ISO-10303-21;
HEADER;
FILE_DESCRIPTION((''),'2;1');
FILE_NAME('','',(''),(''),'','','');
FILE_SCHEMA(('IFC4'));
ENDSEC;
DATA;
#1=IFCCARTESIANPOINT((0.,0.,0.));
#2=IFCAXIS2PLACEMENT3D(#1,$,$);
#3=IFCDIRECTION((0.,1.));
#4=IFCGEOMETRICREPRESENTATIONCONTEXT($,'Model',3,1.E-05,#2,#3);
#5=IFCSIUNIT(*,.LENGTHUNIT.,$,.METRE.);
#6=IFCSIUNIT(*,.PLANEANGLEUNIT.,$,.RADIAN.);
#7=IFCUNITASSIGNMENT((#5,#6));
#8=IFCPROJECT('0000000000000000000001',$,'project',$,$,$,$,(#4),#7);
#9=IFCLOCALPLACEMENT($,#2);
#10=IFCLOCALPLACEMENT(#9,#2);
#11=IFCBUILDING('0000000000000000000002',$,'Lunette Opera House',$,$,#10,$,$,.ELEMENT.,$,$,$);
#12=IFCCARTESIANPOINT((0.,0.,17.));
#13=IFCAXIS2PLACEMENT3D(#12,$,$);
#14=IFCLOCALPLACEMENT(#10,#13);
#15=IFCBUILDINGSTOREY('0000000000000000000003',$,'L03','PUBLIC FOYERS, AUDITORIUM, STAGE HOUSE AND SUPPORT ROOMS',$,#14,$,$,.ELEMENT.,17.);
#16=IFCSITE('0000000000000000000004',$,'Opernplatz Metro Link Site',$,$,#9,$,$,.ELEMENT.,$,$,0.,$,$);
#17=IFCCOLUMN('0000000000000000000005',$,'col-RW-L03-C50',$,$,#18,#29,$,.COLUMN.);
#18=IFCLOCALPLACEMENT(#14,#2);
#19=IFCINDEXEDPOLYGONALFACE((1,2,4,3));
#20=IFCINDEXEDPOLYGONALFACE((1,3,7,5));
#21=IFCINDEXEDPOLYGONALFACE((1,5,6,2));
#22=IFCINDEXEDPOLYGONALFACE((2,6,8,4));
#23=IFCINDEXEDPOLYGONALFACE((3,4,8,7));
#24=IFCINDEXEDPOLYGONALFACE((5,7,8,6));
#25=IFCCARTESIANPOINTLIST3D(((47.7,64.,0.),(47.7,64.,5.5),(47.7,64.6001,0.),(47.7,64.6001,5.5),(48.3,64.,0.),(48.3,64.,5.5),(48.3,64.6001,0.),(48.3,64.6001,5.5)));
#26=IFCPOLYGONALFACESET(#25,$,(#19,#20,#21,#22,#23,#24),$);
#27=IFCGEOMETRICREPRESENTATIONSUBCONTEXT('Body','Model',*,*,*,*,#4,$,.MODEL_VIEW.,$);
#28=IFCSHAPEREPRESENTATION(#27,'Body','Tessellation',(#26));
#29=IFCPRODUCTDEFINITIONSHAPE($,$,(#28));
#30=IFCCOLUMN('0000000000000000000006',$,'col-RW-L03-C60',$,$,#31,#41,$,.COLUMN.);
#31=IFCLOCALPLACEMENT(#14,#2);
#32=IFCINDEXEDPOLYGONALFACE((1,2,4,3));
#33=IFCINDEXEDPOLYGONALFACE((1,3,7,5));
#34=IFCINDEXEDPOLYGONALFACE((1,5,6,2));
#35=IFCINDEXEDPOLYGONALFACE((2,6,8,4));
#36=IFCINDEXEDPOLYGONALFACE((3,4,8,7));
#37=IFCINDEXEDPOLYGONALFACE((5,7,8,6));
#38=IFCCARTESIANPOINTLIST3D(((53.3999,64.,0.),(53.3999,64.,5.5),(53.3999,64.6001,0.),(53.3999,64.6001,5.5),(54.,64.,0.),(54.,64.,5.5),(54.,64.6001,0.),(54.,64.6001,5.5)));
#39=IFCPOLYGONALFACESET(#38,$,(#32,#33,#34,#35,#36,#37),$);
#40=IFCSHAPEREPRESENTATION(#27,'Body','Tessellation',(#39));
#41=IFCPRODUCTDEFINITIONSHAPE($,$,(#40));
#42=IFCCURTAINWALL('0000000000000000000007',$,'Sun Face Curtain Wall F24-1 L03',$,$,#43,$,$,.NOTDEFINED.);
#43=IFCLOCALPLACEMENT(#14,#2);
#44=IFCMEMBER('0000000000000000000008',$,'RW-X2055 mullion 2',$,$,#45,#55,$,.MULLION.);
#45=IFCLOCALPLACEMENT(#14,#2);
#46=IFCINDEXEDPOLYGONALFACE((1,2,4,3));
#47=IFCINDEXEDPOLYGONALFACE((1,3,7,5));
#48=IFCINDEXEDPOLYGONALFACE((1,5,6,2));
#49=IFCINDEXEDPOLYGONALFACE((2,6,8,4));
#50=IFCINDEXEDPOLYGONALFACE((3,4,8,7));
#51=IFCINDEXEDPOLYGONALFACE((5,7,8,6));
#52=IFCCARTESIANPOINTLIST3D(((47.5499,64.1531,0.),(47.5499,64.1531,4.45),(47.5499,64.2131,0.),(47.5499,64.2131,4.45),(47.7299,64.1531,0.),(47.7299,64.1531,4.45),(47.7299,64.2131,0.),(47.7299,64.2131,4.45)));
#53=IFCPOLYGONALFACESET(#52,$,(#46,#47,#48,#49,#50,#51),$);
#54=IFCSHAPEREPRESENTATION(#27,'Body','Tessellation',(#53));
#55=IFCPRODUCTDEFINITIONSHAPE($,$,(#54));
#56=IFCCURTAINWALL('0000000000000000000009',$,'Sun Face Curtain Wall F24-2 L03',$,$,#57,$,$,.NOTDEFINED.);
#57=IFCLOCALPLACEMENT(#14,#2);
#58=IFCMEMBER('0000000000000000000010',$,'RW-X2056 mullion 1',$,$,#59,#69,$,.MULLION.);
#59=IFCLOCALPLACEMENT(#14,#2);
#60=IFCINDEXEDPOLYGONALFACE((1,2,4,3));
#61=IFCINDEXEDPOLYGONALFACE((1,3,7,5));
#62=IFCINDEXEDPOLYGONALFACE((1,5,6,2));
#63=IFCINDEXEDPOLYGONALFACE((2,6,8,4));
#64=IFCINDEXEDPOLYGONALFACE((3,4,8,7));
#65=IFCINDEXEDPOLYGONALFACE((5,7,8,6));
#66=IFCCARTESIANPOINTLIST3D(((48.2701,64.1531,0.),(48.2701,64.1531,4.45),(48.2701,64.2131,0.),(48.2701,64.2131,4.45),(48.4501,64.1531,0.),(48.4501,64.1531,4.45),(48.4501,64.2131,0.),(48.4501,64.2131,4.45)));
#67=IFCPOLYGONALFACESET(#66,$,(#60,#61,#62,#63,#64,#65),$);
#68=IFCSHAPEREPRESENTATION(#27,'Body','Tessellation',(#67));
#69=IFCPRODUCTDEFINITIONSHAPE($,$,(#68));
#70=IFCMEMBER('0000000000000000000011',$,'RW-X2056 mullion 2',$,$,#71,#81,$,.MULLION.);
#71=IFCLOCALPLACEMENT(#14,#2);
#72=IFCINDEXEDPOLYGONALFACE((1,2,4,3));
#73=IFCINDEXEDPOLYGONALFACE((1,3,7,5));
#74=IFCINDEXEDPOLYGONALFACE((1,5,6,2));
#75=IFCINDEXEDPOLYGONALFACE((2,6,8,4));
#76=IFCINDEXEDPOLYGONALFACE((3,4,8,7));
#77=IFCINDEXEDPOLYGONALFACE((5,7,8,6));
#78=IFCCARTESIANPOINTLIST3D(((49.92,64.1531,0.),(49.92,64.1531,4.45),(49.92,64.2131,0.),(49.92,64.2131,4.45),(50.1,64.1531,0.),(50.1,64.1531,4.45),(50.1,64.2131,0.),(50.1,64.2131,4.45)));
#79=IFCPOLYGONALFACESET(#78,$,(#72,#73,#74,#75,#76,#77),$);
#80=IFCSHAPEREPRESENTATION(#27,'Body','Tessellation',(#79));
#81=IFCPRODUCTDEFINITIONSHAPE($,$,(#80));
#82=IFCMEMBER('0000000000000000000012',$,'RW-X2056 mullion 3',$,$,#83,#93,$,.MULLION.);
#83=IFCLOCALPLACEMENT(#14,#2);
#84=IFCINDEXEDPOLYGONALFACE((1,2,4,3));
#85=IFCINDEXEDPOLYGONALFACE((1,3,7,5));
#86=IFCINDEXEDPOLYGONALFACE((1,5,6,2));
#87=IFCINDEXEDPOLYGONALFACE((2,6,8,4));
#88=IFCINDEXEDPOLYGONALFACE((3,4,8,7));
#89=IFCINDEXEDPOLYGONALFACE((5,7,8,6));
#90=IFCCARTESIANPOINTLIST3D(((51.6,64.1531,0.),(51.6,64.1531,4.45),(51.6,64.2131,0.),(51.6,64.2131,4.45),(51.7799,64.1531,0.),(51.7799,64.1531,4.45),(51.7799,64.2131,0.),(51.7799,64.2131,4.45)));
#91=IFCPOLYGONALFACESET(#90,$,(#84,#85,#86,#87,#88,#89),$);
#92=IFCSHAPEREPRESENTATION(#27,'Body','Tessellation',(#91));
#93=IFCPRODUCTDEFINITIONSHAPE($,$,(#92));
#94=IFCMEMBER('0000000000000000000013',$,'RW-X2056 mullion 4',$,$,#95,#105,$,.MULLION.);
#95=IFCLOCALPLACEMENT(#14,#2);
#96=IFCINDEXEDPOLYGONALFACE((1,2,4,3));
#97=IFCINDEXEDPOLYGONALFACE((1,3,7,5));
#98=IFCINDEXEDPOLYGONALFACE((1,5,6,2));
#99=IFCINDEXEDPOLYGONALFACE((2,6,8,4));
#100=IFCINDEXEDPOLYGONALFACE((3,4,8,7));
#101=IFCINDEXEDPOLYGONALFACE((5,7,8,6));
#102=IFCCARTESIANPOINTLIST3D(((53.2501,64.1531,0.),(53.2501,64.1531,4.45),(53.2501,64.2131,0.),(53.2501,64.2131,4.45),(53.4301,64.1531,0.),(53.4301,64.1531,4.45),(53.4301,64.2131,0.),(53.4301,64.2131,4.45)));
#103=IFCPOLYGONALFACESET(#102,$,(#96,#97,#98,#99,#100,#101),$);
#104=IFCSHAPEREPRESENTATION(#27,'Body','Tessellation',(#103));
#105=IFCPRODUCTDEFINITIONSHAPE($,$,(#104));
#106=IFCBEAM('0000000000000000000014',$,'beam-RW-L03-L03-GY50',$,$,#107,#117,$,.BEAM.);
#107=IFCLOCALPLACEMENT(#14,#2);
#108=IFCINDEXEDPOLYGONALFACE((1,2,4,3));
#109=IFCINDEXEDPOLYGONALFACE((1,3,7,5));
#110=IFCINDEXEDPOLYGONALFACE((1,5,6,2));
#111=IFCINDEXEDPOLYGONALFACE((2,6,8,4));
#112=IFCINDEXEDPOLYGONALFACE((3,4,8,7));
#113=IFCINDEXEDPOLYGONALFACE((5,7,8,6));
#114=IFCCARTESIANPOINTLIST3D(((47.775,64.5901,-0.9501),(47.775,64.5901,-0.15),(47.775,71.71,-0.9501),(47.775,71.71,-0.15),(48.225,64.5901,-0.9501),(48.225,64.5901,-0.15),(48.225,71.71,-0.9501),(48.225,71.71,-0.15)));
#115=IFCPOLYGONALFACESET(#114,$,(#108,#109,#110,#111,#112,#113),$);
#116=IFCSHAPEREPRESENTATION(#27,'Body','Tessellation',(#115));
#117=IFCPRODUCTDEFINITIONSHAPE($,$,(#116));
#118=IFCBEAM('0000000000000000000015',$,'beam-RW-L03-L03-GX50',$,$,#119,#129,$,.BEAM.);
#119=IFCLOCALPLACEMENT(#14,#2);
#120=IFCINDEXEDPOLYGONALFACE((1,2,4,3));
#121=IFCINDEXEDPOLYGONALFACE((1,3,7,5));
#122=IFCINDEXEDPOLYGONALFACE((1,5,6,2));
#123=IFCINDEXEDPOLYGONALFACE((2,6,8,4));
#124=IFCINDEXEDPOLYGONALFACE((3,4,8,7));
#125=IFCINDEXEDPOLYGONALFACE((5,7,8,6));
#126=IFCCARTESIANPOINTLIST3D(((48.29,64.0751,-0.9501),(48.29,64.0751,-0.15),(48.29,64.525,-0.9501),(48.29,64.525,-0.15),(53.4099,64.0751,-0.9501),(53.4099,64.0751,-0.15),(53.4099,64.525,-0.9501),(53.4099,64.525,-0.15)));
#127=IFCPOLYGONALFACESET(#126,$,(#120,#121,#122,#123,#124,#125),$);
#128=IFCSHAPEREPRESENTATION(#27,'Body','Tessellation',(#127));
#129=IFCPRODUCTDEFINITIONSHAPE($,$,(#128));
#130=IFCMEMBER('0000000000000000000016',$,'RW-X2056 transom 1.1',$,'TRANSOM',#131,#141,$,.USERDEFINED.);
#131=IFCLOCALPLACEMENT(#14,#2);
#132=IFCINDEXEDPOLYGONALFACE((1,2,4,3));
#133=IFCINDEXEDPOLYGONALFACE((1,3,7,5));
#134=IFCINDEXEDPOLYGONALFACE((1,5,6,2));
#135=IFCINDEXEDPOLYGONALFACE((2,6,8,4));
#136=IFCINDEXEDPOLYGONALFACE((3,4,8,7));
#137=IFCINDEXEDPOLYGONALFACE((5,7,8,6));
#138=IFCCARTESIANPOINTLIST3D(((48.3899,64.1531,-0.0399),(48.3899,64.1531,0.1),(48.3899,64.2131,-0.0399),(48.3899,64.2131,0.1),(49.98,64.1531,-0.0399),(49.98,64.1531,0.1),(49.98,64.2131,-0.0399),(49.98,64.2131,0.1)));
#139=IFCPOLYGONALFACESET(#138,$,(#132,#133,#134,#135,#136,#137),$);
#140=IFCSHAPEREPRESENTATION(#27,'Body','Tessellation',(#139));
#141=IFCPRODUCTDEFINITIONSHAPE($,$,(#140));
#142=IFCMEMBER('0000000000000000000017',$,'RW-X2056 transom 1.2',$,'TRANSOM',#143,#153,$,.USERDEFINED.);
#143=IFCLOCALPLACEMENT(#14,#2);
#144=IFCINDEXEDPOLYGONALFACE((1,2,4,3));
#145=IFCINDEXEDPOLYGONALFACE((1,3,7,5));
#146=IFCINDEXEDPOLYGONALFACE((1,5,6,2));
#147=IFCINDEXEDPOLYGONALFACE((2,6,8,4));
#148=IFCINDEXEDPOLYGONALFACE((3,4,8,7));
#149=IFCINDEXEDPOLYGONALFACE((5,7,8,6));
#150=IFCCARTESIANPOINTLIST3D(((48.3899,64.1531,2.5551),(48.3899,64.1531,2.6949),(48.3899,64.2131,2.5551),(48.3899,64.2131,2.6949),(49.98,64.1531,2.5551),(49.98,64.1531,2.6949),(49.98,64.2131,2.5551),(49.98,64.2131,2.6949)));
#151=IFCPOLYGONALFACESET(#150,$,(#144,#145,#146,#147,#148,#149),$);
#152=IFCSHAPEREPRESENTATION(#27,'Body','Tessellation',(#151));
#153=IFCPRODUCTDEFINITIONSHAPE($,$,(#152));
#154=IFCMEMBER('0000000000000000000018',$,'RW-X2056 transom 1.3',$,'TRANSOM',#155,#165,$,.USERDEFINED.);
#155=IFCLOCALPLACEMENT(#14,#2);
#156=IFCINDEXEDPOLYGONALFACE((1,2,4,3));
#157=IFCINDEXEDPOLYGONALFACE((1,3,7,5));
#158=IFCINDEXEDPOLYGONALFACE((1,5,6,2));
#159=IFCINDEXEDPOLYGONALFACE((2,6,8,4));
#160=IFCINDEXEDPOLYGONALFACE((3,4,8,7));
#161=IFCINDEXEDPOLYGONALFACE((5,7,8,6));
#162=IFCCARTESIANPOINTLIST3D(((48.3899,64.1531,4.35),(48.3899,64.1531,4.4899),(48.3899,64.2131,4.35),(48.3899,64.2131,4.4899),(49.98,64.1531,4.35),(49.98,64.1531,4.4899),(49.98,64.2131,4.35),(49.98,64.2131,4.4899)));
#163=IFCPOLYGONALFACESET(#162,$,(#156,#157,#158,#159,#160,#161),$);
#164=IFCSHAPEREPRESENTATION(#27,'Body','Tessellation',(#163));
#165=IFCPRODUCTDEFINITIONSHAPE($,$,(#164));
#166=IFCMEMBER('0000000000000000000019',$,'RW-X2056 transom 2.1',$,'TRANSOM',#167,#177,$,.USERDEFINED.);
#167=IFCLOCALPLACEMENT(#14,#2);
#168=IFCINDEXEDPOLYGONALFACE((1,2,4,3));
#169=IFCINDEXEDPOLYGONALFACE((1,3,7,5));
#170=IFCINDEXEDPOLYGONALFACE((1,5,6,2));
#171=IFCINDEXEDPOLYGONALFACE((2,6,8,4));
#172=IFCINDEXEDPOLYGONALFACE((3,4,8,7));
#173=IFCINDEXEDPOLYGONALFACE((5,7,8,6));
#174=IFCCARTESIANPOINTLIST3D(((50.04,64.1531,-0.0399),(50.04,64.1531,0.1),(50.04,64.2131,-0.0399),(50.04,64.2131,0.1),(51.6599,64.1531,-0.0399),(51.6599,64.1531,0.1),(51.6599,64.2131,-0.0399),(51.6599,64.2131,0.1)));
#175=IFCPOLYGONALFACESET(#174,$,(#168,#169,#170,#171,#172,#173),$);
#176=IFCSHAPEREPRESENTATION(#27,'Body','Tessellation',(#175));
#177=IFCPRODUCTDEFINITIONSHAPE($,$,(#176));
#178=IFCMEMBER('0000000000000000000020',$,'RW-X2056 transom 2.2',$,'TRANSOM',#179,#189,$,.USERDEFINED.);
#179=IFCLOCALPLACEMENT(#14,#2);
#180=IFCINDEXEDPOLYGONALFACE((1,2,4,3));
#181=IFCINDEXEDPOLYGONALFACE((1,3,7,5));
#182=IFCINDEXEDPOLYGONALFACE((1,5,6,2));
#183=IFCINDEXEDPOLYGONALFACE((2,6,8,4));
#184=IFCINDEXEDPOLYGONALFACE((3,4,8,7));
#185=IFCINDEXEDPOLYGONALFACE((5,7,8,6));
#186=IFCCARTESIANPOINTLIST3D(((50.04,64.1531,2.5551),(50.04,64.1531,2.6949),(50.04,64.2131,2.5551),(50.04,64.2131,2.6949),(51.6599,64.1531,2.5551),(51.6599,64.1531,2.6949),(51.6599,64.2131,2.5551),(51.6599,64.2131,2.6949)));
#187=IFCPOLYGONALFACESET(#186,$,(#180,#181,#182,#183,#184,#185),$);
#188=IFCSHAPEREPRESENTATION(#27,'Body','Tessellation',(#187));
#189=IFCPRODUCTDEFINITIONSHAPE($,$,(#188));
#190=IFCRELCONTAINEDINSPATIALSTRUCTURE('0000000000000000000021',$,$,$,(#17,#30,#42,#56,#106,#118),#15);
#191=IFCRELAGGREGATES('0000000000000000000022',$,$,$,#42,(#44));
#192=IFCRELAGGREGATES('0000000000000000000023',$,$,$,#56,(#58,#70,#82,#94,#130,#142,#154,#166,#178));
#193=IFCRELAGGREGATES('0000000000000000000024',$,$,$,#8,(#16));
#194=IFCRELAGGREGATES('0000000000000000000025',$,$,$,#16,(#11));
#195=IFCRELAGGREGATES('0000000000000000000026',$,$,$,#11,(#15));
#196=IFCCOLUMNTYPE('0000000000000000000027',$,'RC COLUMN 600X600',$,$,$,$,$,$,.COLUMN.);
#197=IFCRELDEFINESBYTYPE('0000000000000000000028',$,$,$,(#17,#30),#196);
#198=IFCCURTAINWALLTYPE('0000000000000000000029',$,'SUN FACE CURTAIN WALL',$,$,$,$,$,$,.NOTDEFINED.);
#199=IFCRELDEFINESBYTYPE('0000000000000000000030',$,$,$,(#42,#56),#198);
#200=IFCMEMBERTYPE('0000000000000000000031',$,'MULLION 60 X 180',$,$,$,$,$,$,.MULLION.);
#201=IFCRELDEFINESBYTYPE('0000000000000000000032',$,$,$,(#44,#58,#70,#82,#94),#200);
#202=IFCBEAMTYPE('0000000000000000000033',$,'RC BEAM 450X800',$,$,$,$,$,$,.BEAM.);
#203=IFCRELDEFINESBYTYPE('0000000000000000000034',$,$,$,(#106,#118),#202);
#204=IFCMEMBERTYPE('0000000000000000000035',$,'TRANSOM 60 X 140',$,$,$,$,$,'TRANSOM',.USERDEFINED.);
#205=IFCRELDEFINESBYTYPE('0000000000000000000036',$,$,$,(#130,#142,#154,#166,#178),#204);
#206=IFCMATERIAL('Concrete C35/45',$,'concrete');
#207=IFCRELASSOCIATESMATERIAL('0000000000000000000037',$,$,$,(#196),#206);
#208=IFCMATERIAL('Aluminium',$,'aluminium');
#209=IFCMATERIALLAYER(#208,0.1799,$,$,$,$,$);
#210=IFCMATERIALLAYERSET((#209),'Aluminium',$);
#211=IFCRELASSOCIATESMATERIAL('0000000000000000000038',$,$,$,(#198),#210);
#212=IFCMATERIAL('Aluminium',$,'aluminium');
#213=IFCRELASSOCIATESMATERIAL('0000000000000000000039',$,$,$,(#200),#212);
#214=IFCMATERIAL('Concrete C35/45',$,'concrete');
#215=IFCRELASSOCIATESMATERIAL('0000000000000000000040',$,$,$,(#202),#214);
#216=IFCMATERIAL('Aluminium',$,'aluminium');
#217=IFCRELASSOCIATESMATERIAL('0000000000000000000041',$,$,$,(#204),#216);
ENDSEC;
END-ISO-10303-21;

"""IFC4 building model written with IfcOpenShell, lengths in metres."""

from ifc_helpers import new_model, si_unit, direction, frame, origin, origin_2d, place, context, subcontext, project, spatial, rectangle, extrude, material, layer, layer_set, material_profile, profile_set, type_object, element, aggregate, save


model = new_model("IFC4")

# Units and contexts
model_context = context("Model", 3, precision=1e-05, world=origin(), true_north=direction((0.0, 1.0)))
body_context = subcontext(model_context, "Body", "Model", "MODEL_VIEW")
ifc_project = project(units=[si_unit("LENGTHUNIT", "METRE"), si_unit("PLANEANGLEUNIT", "RADIAN")], contexts=[model_context])

# Site, building, storey
site_placement = place(None, origin())
site = spatial("IfcSite", under=ifc_project, at=site_placement, Name="Opernplatz Metro Link Site", CompositionType="ELEMENT", RefElevation=0.0)
building_placement = place(site_placement, origin())
building = spatial("IfcBuilding", under=site, at=building_placement, Name="Lunette Opera House", CompositionType="ELEMENT")
storey_placement = place(building_placement, frame((0.0, 0.0, 17.0)))
storey = spatial("IfcBuildingStorey", under=building, at=storey_placement, Name="L03", Description="PUBLIC FOYERS, AUDITORIUM, STAGE HOUSE AND SUPPORT ROOMS", CompositionType="ELEMENT", Elevation=17.0)

# Columns
ifc_material_1 = material(Name="Concrete C35/45", Category="concrete")
ifc_material_profile_1 = material_profile(ifc_material_1, rectangle(XDim=0.6001, YDim=0.6001, at=origin_2d()), Name="RC COLUMN 600X600")
ifc_profile_set_1 = profile_set([ifc_material_profile_1], Name="Concrete C35/45")
column_type = type_object("IfcColumnType", Name="RC COLUMN 600X600", PredefinedType="COLUMN", material=ifc_profile_set_1)
for number, where, z_axis, x_axis, name in (
    (1, (48.0, 64.3, 0.0), (0.0, 0.0, 1.0), (1.0, 0.0, 0.0), "col-RW-L03-C50"),
    (2, (53.7, 64.3, 0.0), (0.0, 0.0, 1.0), (1.0, 0.0, 0.0), "col-RW-L03-C60"),
):
    element("IfcColumn", number, at=place(storey_placement, frame(where, z_axis=z_axis, x_axis=x_axis)), inside=storey, type_object=column_type, Name=name, PredefinedType="COLUMN", context=body_context, shape_type="SweptSolid", body=[
        extrude(rectangle(XDim=0.6001, YDim=0.6001, at=origin_2d()), origin(), (0.0, 0.0, 1.0), 5.5),
    ])

# Curtain wall, member
ifc_material_2 = material(Name="Aluminium", Category="aluminium")
ifc_layer_1 = layer(ifc_material_2, 0.1799)
ifc_layer_set_1 = layer_set([ifc_layer_1], Name="Aluminium")
curtain_wall_type = type_object("IfcCurtainWallType", Name="SUN FACE CURTAIN WALL", PredefinedType="NOTDEFINED", material=ifc_layer_set_1)
curtain_wall_1_placement = place(storey_placement, origin())
curtain_wall_1 = element("IfcCurtainWall", 3, at=curtain_wall_1_placement, inside=storey, type_object=curtain_wall_type, Name="Sun Face Curtain Wall F24-1 L03", PredefinedType="NOTDEFINED")
ifc_material_3 = material(Name="Aluminium", Category="aluminium")
ifc_material_profile_2 = material_profile(ifc_material_3, rectangle(XDim=0.0601, YDim=0.1799, at=origin_2d()), Name="MULLION 60 X 180")
ifc_profile_set_2 = profile_set([ifc_material_profile_2], Name="Aluminium")
member_type_1 = type_object("IfcMemberType", Name="MULLION 60 X 180", PredefinedType="MULLION", material=ifc_profile_set_2)
member_1_placement = place(storey_placement, frame((47.6399, 64.1831, 0.0), z_axis=(0.0, 0.0, 1.0), x_axis=(0.0, 1.0, 0.0)))
member_1 = element("IfcMember", 4, at=member_1_placement, type_object=member_type_1, Name="RW-X2055 mullion 2", PredefinedType="MULLION", context=body_context, shape_type="SweptSolid", body=[
    extrude(rectangle(XDim=0.0601, YDim=0.1799, at=origin_2d()), origin(), (0.0, 0.0, 1.0), 4.45),
])

# Curtain wall, members
curtain_wall_2_placement = place(storey_placement, origin())
curtain_wall_2 = element("IfcCurtainWall", 5, at=curtain_wall_2_placement, inside=storey, type_object=curtain_wall_type, Name="Sun Face Curtain Wall F24-2 L03", PredefinedType="NOTDEFINED")
member_2_placement = place(storey_placement, frame((48.3601, 64.1831, 0.0), z_axis=(0.0, 0.0, 1.0), x_axis=(0.0, 1.0, 0.0)))
member_2 = element("IfcMember", 6, at=member_2_placement, type_object=member_type_1, Name="RW-X2056 mullion 1", PredefinedType="MULLION", context=body_context, shape_type="SweptSolid", body=[
    extrude(rectangle(XDim=0.0601, YDim=0.1799, at=origin_2d()), origin(), (0.0, 0.0, 1.0), 4.45),
])
member_3_placement = place(storey_placement, frame((50.01, 64.1831, 0.0), z_axis=(0.0, 0.0, 1.0), x_axis=(0.0, 1.0, 0.0)))
member_3 = element("IfcMember", 7, at=member_3_placement, type_object=member_type_1, Name="RW-X2056 mullion 2", PredefinedType="MULLION", context=body_context, shape_type="SweptSolid", body=[
    extrude(rectangle(XDim=0.0601, YDim=0.1799, at=origin_2d()), origin(), (0.0, 0.0, 1.0), 4.45),
])
member_4_placement = place(storey_placement, frame((51.6899, 64.1831, 0.0), z_axis=(0.0, 0.0, 1.0), x_axis=(0.0, 1.0, 0.0)))
member_4 = element("IfcMember", 8, at=member_4_placement, type_object=member_type_1, Name="RW-X2056 mullion 3", PredefinedType="MULLION", context=body_context, shape_type="SweptSolid", body=[
    extrude(rectangle(XDim=0.0601, YDim=0.1799, at=origin_2d()), origin(), (0.0, 0.0, 1.0), 4.45),
])
member_5_placement = place(storey_placement, frame((53.3401, 64.1831, 0.0), z_axis=(0.0, 0.0, 1.0), x_axis=(0.0, 1.0, 0.0)))
member_5 = element("IfcMember", 9, at=member_5_placement, type_object=member_type_1, Name="RW-X2056 mullion 4", PredefinedType="MULLION", context=body_context, shape_type="SweptSolid", body=[
    extrude(rectangle(XDim=0.0601, YDim=0.1799, at=origin_2d()), origin(), (0.0, 0.0, 1.0), 4.45),
])

# Beams
ifc_material_4 = material(Name="Concrete C35/45", Category="concrete")
ifc_material_profile_3 = material_profile(ifc_material_4, rectangle(XDim=0.45, YDim=0.8, at=origin_2d()), Name="RC BEAM 450X800")
ifc_profile_set_3 = profile_set([ifc_material_profile_3], Name="Concrete C35/45")
beam_type = type_object("IfcBeamType", Name="RC BEAM 450X800", PredefinedType="BEAM", material=ifc_profile_set_3)
beam_1_placement = place(storey_placement, frame((48.0, 64.5901, -0.55), z_axis=(0.0, 1.0, 0.0), x_axis=(-1.0, 0.0, 0.0)))
element("IfcBeam", 10, at=beam_1_placement, inside=storey, type_object=beam_type, Name="beam-RW-L03-L03-GY50", PredefinedType="BEAM", context=body_context, shape_type="SweptSolid", body=[
    extrude(rectangle(XDim=0.45, YDim=0.8, at=origin_2d()), origin(), (0.0, 0.0, 1.0), 7.1199),
])
beam_2_placement = place(storey_placement, frame((48.29, 64.3, -0.55), z_axis=(1.0, 0.0, 0.0), x_axis=(0.0, 1.0, 0.0)))
element("IfcBeam", 11, at=beam_2_placement, inside=storey, type_object=beam_type, Name="beam-RW-L03-L03-GX50", PredefinedType="BEAM", context=body_context, shape_type="SweptSolid", body=[
    extrude(rectangle(XDim=0.45, YDim=0.8, at=origin_2d()), origin(), (0.0, 0.0, 1.0), 5.1199),
])

# Members
ifc_material_5 = material(Name="Aluminium", Category="aluminium")
ifc_material_profile_4 = material_profile(ifc_material_5, rectangle(XDim=0.0601, YDim=0.1399, at=origin_2d()), Name="TRANSOM 60 X 140")
ifc_profile_set_4 = profile_set([ifc_material_profile_4], Name="Aluminium")
member_type_2 = type_object("IfcMemberType", Name="TRANSOM 60 X 140", ElementType="TRANSOM", PredefinedType="USERDEFINED", material=ifc_profile_set_4)
member_6_placement = place(storey_placement, frame((48.3899, 64.1831, 0.03), z_axis=(1.0, 0.0, 0.0), x_axis=(0.0, 1.0, 0.0)))
member_6 = element("IfcMember", 12, at=member_6_placement, type_object=member_type_2, Name="RW-X2056 transom 1.1", ObjectType="TRANSOM", PredefinedType="USERDEFINED", context=body_context, shape_type="SweptSolid", body=[
    extrude(rectangle(XDim=0.0601, YDim=0.1399, at=origin_2d()), origin(), (0.0, 0.0, 1.0), 1.5901),
])
member_7_placement = place(storey_placement, frame((48.3899, 64.1831, 2.625), z_axis=(1.0, 0.0, 0.0), x_axis=(0.0, 1.0, 0.0)))
member_7 = element("IfcMember", 13, at=member_7_placement, type_object=member_type_2, Name="RW-X2056 transom 1.2", ObjectType="TRANSOM", PredefinedType="USERDEFINED", context=body_context, shape_type="SweptSolid", body=[
    extrude(rectangle(XDim=0.0601, YDim=0.1399, at=origin_2d()), origin(), (0.0, 0.0, 1.0), 1.5901),
])
member_8_placement = place(storey_placement, frame((48.3899, 64.1831, 4.4199), z_axis=(1.0, 0.0, 0.0), x_axis=(0.0, 1.0, 0.0)))
member_8 = element("IfcMember", 14, at=member_8_placement, type_object=member_type_2, Name="RW-X2056 transom 1.3", ObjectType="TRANSOM", PredefinedType="USERDEFINED", context=body_context, shape_type="SweptSolid", body=[
    extrude(rectangle(XDim=0.0601, YDim=0.1399, at=origin_2d()), origin(), (0.0, 0.0, 1.0), 1.5901),
])
member_9_placement = place(storey_placement, frame((50.04, 64.1831, 0.03), z_axis=(1.0, 0.0, 0.0), x_axis=(0.0, 1.0, 0.0)))
member_9 = element("IfcMember", 15, at=member_9_placement, type_object=member_type_2, Name="RW-X2056 transom 2.1", ObjectType="TRANSOM", PredefinedType="USERDEFINED", context=body_context, shape_type="SweptSolid", body=[
    extrude(rectangle(XDim=0.0601, YDim=0.1399, at=origin_2d()), origin(), (0.0, 0.0, 1.0), 1.6199),
])
member_10_placement = place(storey_placement, frame((50.04, 64.1831, 2.625), z_axis=(1.0, 0.0, 0.0), x_axis=(0.0, 1.0, 0.0)))
member_10 = element("IfcMember", 16, at=member_10_placement, type_object=member_type_2, Name="RW-X2056 transom 2.2", ObjectType="TRANSOM", PredefinedType="USERDEFINED", context=body_context, shape_type="SweptSolid", body=[
    extrude(rectangle(XDim=0.0601, YDim=0.1399, at=origin_2d()), origin(), (0.0, 0.0, 1.0), 1.6199),
])

aggregate(curtain_wall_1, [member_1])
aggregate(curtain_wall_2, [member_2, member_3, member_4, member_5, member_6, member_7, member_8, member_9, member_10])

save(model, "model.ifc")
